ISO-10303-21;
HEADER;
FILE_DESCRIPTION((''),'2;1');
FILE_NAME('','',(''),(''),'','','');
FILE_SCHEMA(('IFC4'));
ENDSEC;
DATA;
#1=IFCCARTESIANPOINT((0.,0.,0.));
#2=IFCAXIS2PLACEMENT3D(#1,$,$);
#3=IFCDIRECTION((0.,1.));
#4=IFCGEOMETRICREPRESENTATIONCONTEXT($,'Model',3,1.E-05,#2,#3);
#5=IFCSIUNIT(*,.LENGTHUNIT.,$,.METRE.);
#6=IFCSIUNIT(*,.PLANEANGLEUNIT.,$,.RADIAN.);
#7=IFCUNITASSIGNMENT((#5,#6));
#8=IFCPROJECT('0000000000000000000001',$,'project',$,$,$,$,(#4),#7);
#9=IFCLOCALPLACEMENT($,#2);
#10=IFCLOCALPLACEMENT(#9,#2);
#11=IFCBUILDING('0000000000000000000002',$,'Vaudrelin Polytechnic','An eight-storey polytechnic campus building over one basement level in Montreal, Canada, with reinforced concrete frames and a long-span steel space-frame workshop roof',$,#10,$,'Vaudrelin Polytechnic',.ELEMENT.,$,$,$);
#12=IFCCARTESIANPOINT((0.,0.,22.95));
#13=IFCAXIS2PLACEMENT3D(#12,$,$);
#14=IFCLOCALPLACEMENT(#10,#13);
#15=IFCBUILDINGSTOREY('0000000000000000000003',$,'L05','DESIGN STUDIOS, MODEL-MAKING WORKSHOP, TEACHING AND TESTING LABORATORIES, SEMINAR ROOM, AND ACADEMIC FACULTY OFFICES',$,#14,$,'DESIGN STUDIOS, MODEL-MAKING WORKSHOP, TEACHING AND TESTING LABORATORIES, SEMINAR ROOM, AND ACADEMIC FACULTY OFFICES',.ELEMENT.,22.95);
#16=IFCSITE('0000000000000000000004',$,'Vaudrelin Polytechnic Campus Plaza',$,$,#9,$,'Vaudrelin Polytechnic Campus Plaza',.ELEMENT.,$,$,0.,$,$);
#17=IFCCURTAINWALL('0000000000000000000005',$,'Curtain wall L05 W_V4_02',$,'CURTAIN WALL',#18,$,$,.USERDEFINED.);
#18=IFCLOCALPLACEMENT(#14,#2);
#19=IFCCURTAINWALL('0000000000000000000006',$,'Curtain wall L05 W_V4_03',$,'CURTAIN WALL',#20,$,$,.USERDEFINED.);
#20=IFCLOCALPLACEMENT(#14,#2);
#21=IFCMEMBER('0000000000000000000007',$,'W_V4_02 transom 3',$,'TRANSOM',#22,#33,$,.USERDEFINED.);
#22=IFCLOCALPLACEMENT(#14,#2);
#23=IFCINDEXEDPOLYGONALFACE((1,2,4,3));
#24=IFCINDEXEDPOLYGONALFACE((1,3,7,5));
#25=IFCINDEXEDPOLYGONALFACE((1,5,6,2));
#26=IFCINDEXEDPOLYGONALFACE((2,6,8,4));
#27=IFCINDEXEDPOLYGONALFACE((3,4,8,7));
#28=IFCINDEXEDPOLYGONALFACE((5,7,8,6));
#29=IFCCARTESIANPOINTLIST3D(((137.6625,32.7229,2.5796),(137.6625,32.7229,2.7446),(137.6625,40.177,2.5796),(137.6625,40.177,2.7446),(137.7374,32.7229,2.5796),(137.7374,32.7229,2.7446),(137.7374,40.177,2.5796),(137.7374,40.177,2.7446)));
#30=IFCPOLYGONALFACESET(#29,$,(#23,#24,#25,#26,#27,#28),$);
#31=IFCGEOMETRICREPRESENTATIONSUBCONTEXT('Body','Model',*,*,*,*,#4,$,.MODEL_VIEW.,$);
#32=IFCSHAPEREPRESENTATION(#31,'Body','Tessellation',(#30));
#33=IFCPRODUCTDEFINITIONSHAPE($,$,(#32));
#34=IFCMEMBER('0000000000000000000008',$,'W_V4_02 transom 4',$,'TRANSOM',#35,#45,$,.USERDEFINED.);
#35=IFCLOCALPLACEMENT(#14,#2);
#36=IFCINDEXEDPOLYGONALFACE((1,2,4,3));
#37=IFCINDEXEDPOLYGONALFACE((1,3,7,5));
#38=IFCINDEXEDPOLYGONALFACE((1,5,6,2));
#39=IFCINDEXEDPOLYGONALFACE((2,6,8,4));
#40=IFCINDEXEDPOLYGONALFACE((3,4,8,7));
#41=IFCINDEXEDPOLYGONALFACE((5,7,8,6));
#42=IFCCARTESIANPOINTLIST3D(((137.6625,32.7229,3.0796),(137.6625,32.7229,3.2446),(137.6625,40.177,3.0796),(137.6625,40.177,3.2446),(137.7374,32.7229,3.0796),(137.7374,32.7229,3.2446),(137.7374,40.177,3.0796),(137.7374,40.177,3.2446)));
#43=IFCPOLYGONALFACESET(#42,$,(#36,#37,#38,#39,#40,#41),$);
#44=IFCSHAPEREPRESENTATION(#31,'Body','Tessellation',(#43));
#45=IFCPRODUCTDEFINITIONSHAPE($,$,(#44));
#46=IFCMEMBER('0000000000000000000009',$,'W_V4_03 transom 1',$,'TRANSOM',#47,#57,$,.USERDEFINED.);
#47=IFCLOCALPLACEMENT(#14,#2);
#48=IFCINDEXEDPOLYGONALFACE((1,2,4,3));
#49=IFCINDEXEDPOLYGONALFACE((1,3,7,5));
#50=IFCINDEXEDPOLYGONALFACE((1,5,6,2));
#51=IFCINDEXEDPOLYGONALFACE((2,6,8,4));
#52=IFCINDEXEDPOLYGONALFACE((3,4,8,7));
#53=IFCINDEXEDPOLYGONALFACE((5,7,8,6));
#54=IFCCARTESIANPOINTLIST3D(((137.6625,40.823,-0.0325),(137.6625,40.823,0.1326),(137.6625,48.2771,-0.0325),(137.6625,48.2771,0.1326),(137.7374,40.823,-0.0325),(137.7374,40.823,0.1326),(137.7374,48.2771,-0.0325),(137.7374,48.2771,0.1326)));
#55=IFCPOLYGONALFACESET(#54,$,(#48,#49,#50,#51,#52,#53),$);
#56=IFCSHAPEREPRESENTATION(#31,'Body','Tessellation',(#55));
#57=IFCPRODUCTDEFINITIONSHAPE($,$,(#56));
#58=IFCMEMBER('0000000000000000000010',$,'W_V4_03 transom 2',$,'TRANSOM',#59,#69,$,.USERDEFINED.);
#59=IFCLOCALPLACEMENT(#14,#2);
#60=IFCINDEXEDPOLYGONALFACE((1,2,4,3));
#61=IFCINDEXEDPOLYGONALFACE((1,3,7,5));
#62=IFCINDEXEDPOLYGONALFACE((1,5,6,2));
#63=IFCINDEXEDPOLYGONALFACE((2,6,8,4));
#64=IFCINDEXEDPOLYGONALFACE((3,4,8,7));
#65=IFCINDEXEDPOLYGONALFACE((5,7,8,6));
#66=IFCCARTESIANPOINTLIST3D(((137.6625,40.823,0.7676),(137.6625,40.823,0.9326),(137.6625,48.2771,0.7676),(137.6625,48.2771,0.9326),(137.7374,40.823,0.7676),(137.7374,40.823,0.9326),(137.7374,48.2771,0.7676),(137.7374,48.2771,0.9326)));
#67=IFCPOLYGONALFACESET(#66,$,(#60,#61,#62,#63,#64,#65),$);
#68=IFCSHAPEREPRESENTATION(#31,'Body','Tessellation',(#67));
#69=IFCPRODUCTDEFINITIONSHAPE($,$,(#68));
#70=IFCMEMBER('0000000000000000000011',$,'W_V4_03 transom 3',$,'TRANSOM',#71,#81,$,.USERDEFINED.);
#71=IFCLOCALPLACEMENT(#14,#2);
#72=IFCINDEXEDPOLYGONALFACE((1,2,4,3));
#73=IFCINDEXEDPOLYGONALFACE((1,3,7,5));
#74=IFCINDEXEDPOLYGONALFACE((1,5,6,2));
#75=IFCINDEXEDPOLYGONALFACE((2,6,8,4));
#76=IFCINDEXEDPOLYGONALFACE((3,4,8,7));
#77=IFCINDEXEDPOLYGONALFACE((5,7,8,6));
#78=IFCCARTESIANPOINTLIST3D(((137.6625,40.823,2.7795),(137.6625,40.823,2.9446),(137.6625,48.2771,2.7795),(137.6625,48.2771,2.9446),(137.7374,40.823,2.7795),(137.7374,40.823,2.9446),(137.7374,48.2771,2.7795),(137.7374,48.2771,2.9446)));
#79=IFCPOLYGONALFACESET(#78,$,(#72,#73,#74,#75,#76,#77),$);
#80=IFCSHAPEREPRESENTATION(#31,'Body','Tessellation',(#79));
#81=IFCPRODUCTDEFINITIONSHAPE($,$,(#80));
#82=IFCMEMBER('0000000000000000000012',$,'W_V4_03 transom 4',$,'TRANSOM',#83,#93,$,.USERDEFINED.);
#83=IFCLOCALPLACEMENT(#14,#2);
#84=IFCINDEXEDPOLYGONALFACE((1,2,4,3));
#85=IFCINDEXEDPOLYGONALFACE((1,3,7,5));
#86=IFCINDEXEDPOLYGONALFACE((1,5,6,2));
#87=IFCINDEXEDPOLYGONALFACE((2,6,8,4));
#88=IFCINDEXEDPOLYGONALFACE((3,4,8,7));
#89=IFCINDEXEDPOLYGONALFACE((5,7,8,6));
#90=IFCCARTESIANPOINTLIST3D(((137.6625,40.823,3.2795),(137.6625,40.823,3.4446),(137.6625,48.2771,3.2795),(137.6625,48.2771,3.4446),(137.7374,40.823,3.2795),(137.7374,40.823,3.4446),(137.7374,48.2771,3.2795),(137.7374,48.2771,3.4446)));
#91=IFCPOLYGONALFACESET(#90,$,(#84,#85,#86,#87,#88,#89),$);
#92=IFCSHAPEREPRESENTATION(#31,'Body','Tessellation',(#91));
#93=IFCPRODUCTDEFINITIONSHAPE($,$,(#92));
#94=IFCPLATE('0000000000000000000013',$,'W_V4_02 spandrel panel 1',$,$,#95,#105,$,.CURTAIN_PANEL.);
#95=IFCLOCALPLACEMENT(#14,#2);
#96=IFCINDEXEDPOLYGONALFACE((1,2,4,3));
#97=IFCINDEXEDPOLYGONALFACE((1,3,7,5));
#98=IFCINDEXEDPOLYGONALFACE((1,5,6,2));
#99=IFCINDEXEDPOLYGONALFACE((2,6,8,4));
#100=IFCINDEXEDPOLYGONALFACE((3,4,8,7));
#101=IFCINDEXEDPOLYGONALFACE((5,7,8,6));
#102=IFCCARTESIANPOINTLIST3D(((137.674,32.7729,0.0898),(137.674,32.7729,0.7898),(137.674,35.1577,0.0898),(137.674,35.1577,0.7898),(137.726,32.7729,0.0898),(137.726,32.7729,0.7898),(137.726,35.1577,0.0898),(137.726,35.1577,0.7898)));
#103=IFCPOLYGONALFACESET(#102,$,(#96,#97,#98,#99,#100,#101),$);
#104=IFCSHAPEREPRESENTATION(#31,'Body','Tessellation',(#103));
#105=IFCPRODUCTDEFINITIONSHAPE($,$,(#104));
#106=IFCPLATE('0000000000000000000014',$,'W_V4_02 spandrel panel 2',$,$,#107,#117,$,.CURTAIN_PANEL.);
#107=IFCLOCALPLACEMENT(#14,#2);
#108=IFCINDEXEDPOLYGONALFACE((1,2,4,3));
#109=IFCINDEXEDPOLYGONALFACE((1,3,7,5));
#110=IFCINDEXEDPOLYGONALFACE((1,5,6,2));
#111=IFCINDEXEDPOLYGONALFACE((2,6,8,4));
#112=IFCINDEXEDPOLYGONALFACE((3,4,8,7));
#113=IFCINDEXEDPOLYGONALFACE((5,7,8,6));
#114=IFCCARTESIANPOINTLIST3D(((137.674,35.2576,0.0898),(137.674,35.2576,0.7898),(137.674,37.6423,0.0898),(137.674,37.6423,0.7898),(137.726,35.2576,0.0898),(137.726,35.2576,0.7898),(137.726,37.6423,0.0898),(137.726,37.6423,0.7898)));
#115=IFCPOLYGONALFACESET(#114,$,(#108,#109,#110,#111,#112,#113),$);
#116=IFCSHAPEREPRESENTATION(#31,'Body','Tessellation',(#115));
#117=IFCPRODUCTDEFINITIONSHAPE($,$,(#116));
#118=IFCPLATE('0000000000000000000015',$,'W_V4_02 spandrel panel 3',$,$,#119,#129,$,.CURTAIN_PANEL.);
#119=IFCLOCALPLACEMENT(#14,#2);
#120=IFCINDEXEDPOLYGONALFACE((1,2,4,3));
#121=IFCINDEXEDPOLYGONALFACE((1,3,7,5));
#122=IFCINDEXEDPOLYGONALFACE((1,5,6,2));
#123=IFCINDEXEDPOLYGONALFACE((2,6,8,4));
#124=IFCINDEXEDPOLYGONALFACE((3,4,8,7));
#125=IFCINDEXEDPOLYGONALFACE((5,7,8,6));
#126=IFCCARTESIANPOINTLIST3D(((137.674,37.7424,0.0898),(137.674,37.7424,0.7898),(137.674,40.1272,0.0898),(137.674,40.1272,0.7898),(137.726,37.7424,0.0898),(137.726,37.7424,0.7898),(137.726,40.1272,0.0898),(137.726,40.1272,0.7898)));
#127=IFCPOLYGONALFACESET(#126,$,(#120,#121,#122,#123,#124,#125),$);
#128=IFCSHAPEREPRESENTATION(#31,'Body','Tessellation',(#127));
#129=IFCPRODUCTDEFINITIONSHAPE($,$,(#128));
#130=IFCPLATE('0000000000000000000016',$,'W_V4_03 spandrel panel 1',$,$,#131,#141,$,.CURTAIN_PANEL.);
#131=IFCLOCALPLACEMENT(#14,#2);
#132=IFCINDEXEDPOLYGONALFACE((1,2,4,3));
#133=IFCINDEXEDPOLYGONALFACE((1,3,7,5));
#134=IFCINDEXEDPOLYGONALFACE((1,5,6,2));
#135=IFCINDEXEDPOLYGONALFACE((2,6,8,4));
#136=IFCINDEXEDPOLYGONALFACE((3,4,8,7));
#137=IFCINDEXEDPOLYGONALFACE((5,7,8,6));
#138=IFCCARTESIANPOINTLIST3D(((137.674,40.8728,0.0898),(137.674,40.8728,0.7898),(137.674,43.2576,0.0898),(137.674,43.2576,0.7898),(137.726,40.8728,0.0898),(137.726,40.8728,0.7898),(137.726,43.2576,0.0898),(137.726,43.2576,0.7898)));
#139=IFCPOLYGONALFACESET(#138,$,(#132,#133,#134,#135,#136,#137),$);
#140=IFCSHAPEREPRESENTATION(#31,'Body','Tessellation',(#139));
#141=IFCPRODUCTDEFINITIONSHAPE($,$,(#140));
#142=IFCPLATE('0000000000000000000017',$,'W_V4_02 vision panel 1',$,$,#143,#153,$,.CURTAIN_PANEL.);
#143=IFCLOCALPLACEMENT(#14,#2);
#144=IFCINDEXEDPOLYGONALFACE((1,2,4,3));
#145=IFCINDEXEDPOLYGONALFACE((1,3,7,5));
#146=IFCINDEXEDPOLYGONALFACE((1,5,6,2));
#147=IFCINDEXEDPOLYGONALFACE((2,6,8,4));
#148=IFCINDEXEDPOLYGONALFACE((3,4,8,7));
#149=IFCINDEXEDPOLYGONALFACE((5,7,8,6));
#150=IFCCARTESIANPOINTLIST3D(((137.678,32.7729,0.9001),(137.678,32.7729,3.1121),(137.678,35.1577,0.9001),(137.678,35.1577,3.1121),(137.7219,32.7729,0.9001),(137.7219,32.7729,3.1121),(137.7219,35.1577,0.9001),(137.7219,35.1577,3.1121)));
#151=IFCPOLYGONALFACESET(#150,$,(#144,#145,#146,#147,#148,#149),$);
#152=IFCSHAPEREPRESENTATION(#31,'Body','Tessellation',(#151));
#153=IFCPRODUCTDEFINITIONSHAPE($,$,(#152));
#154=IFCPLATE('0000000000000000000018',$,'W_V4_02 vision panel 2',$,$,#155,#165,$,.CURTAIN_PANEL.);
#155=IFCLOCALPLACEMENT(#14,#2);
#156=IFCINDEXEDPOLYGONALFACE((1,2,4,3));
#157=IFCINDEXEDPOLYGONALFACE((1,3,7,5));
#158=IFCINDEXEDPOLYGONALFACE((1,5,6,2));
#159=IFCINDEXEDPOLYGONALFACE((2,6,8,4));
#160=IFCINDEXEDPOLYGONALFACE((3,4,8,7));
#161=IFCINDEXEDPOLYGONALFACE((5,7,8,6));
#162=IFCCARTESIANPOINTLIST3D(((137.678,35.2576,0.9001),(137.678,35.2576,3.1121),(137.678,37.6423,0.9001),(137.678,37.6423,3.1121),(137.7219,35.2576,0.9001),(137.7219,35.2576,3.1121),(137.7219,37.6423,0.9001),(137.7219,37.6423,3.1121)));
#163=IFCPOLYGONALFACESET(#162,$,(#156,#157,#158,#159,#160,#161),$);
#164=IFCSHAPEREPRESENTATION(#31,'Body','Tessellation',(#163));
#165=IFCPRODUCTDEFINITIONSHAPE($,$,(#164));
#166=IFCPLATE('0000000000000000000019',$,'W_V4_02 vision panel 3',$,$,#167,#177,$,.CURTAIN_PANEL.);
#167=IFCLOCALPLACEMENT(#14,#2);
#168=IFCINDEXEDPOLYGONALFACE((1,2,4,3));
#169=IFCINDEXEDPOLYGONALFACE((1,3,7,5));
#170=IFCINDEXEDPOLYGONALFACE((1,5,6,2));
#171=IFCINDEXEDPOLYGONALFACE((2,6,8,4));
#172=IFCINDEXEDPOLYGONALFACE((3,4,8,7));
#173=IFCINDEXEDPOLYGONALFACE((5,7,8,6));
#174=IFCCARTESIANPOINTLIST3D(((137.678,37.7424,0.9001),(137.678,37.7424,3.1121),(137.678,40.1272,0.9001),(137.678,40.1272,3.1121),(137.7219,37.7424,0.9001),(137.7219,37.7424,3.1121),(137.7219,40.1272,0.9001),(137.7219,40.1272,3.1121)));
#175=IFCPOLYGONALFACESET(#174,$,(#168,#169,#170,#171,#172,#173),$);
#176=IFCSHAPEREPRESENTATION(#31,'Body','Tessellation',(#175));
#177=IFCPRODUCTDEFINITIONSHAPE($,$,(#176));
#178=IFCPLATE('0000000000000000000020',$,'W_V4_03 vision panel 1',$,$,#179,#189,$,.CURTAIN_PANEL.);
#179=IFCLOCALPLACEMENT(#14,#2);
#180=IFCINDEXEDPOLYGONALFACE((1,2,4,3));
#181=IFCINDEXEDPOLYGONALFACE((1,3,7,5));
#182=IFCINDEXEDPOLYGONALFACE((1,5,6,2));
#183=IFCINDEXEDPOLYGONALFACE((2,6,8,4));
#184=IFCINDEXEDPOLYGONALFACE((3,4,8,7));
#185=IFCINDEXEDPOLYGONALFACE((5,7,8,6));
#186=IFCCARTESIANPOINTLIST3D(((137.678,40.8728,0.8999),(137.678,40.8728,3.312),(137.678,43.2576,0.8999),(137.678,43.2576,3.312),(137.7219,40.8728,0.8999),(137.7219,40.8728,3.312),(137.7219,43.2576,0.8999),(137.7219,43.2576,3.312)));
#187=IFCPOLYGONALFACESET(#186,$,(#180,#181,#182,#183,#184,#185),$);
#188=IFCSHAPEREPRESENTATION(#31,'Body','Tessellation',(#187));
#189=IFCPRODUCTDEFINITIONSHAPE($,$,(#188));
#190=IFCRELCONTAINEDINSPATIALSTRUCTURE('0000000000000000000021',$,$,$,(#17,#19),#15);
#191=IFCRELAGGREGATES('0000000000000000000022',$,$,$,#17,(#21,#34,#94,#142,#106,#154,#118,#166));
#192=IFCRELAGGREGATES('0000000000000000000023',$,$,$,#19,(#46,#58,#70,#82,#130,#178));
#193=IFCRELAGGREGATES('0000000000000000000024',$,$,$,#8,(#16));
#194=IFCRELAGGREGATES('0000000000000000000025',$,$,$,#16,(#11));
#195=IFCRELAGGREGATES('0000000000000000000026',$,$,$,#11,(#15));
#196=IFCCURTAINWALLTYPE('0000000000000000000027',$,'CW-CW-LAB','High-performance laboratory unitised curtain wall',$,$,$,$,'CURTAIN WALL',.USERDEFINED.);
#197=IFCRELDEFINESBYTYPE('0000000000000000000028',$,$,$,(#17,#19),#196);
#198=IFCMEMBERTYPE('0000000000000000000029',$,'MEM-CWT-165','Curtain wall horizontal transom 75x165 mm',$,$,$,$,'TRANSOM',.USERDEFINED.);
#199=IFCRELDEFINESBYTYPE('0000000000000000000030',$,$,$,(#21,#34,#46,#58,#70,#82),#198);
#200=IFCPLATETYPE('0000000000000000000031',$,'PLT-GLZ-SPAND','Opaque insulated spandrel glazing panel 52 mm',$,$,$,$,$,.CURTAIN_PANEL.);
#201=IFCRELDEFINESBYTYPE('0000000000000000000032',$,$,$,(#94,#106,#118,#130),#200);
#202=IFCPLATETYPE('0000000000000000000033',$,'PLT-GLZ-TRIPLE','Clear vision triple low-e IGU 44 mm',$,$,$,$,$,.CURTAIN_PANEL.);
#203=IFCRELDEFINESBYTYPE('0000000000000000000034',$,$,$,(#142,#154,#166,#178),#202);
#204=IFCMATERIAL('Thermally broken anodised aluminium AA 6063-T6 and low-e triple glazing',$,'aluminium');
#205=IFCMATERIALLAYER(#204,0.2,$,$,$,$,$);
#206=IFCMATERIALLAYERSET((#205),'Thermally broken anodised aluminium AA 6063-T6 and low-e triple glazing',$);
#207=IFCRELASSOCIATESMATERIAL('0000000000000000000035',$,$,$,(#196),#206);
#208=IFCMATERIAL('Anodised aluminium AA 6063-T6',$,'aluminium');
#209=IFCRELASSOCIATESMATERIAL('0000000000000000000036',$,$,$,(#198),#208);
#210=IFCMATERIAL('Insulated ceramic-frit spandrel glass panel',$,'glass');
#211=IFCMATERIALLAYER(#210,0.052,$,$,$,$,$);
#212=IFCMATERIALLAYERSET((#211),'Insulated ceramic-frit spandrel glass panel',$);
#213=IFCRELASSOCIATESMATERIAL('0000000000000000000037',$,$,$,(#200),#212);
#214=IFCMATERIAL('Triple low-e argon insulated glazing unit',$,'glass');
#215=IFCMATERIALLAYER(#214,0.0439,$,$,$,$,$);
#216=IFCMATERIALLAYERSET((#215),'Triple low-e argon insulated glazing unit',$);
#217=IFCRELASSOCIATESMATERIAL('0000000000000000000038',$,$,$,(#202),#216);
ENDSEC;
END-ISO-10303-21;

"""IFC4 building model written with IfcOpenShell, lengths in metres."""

from ifc_helpers import new_model, si_unit, direction, frame, origin, origin_2d, place, context, subcontext, project, spatial, rectangle, extrude, material, layer, layer_set, material_profile, profile_set, type_object, element, aggregate, save


model = new_model("IFC4")

# Units and contexts
model_context = context("Model", 3, precision=1e-05, world=origin(), true_north=direction((0.0, 1.0)))
body_context = subcontext(model_context, "Body", "Model", "MODEL_VIEW")
ifc_project = project(units=[si_unit("LENGTHUNIT", "METRE"), si_unit("PLANEANGLEUNIT", "RADIAN")], contexts=[model_context])

# Site, building, storey
site_placement = place(None, origin())
site = spatial("IfcSite", under=ifc_project, at=site_placement, Name="Vaudrelin Polytechnic Campus Plaza", LongName="Vaudrelin Polytechnic Campus Plaza", CompositionType="ELEMENT", RefElevation=0.0)
building_placement = place(site_placement, origin())
building = spatial("IfcBuilding", under=site, at=building_placement, Name="Vaudrelin Polytechnic", Description="An eight-storey polytechnic campus building over one basement level in Montreal, Canada, with reinforced concrete frames and a long-span steel space-frame workshop roof", LongName="Vaudrelin Polytechnic", CompositionType="ELEMENT")
storey_placement = place(building_placement, frame((0.0, 0.0, 22.95)))
storey = spatial("IfcBuildingStorey", under=building, at=storey_placement, Name="L05", Description="DESIGN STUDIOS, MODEL-MAKING WORKSHOP, TEACHING AND TESTING LABORATORIES, SEMINAR ROOM, AND ACADEMIC FACULTY OFFICES", LongName="DESIGN STUDIOS, MODEL-MAKING WORKSHOP, TEACHING AND TESTING LABORATORIES, SEMINAR ROOM, AND ACADEMIC FACULTY OFFICES", CompositionType="ELEMENT", Elevation=22.95)

# Curtain walls
ifc_material_1 = material(Name="Thermally broken anodised aluminium AA 6063-T6 and low-e triple glazing", Category="aluminium")
ifc_layer_1 = layer(ifc_material_1, 0.2)
ifc_layer_set_1 = layer_set([ifc_layer_1], Name="Thermally broken anodised aluminium AA 6063-T6 and low-e triple glazing")
curtain_wall_type = type_object("IfcCurtainWallType", Name="CW-CW-LAB", Description="High-performance laboratory unitised curtain wall", ElementType="CURTAIN WALL", PredefinedType="USERDEFINED", material=ifc_layer_set_1)
curtain_wall_1_placement = place(storey_placement, origin())
curtain_wall_1 = element("IfcCurtainWall", 1, at=curtain_wall_1_placement, inside=storey, type_object=curtain_wall_type, Name="Curtain wall L05 W_V4_02", ObjectType="CURTAIN WALL", PredefinedType="USERDEFINED")
ifc_material_2 = material(Name="Anodised aluminium AA 6063-T6", Category="aluminium")
curtain_wall_2_placement = place(storey_placement, origin())
curtain_wall_2 = element("IfcCurtainWall", 2, at=curtain_wall_2_placement, inside=storey, type_object=curtain_wall_type, Name="Curtain wall L05 W_V4_03", ObjectType="CURTAIN WALL", PredefinedType="USERDEFINED")

# Members
ifc_material_profile_1 = material_profile(ifc_material_2, rectangle(XDim=0.075, YDim=0.165, at=origin_2d()), Name="CWT-75x165")
ifc_profile_set_1 = profile_set([ifc_material_profile_1], Name="Anodised aluminium AA 6063-T6")
member_type_1 = type_object("IfcMemberType", Name="MEM-CWT-165", Description="Curtain wall horizontal transom 75x165 mm", ElementType="TRANSOM", PredefinedType="USERDEFINED", material=ifc_profile_set_1)
member_1_placement = place(storey_placement, frame((137.7, 32.7229, 2.6621), z_axis=(0.0, 1.0, 0.0), x_axis=(-1.0, 0.0, 0.0)))
member_1 = element("IfcMember", 3, at=member_1_placement, type_object=member_type_1, Name="W_V4_02 transom 3", ObjectType="TRANSOM", PredefinedType="USERDEFINED", context=body_context, shape_type="SweptSolid", body=[
    extrude(rectangle(XDim=0.075, YDim=0.165, at=origin_2d()), origin(), (0.0, 0.0, 1.0), 7.4541),
])
member_2_placement = place(storey_placement, frame((137.7, 32.7229, 3.1621), z_axis=(0.0, 1.0, 0.0), x_axis=(-1.0, 0.0, 0.0)))
member_2 = element("IfcMember", 4, at=member_2_placement, type_object=member_type_1, Name="W_V4_02 transom 4", ObjectType="TRANSOM", PredefinedType="USERDEFINED", context=body_context, shape_type="SweptSolid", body=[
    extrude(rectangle(XDim=0.075, YDim=0.165, at=origin_2d()), origin(), (0.0, 0.0, 1.0), 7.4541),
])
member_3_placement = place(storey_placement, frame((137.7, 40.823, 0.05), z_axis=(0.0, 1.0, 0.0), x_axis=(-1.0, 0.0, 0.0)))
member_3 = element("IfcMember", 5, at=member_3_placement, type_object=member_type_1, Name="W_V4_03 transom 1", ObjectType="TRANSOM", PredefinedType="USERDEFINED", context=body_context, shape_type="SweptSolid", body=[
    extrude(rectangle(XDim=0.075, YDim=0.165, at=origin_2d()), origin(), (0.0, 0.0, 1.0), 7.4541),
])
member_4_placement = place(storey_placement, frame((137.7, 40.823, 0.8501), z_axis=(0.0, 1.0, 0.0), x_axis=(-1.0, 0.0, 0.0)))
member_4 = element("IfcMember", 6, at=member_4_placement, type_object=member_type_1, Name="W_V4_03 transom 2", ObjectType="TRANSOM", PredefinedType="USERDEFINED", context=body_context, shape_type="SweptSolid", body=[
    extrude(rectangle(XDim=0.075, YDim=0.165, at=origin_2d()), origin(), (0.0, 0.0, 1.0), 7.4541),
])
member_5_placement = place(storey_placement, frame((137.7, 40.823, 2.8621), z_axis=(0.0, 1.0, 0.0), x_axis=(-1.0, 0.0, 0.0)))
member_5 = element("IfcMember", 7, at=member_5_placement, type_object=member_type_1, Name="W_V4_03 transom 3", ObjectType="TRANSOM", PredefinedType="USERDEFINED", context=body_context, shape_type="SweptSolid", body=[
    extrude(rectangle(XDim=0.075, YDim=0.165, at=origin_2d()), origin(), (0.0, 0.0, 1.0), 7.4541),
])
member_6_placement = place(storey_placement, frame((137.7, 40.823, 3.3621), z_axis=(0.0, 1.0, 0.0), x_axis=(-1.0, 0.0, 0.0)))
member_6 = element("IfcMember", 8, at=member_6_placement, type_object=member_type_1, Name="W_V4_03 transom 4", ObjectType="TRANSOM", PredefinedType="USERDEFINED", context=body_context, shape_type="SweptSolid", body=[
    extrude(rectangle(XDim=0.075, YDim=0.165, at=origin_2d()), origin(), (0.0, 0.0, 1.0), 7.4541),
])

# Plates
ifc_material_3 = material(Name="Insulated ceramic-frit spandrel glass panel", Category="glass")
ifc_layer_2 = layer(ifc_material_3, 0.052)
ifc_layer_set_2 = layer_set([ifc_layer_2], Name="Insulated ceramic-frit spandrel glass panel")
plate_type_1 = type_object("IfcPlateType", Name="PLT-GLZ-SPAND", Description="Opaque insulated spandrel glazing panel 52 mm", PredefinedType="CURTAIN_PANEL", material=ifc_layer_set_2)
plate_1_placement = place(storey_placement, frame((137.7, 33.9653, 0.0898), z_axis=(0.0, 0.0, 1.0), x_axis=(0.0, 1.0, 0.0)))
plate_1 = element("IfcPlate", 9, at=plate_1_placement, type_object=plate_type_1, Name="W_V4_02 spandrel panel 1", PredefinedType="CURTAIN_PANEL", context=body_context, shape_type="SweptSolid", body=[
    extrude(rectangle(XDim=2.3848, YDim=0.052, at=origin_2d()), origin(), (0.0, 0.0, 1.0), 0.7),
])
plate_2_placement = place(storey_placement, frame((137.7, 36.45, 0.0898), z_axis=(0.0, 0.0, 1.0), x_axis=(0.0, 1.0, 0.0)))
plate_2 = element("IfcPlate", 10, at=plate_2_placement, type_object=plate_type_1, Name="W_V4_02 spandrel panel 2", PredefinedType="CURTAIN_PANEL", context=body_context, shape_type="SweptSolid", body=[
    extrude(rectangle(XDim=2.3848, YDim=0.052, at=origin_2d()), origin(), (0.0, 0.0, 1.0), 0.7),
])
plate_3_placement = place(storey_placement, frame((137.7, 38.9348, 0.0898), z_axis=(0.0, 0.0, 1.0), x_axis=(0.0, 1.0, 0.0)))
plate_3 = element("IfcPlate", 11, at=plate_3_placement, type_object=plate_type_1, Name="W_V4_02 spandrel panel 3", PredefinedType="CURTAIN_PANEL", context=body_context, shape_type="SweptSolid", body=[
    extrude(rectangle(XDim=2.3848, YDim=0.052, at=origin_2d()), origin(), (0.0, 0.0, 1.0), 0.7),
])
plate_4_placement = place(storey_placement, frame((137.7, 42.0652, 0.0898), z_axis=(0.0, 0.0, 1.0), x_axis=(0.0, 1.0, 0.0)))
plate_4 = element("IfcPlate", 12, at=plate_4_placement, type_object=plate_type_1, Name="W_V4_03 spandrel panel 1", PredefinedType="CURTAIN_PANEL", context=body_context, shape_type="SweptSolid", body=[
    extrude(rectangle(XDim=2.3848, YDim=0.052, at=origin_2d()), origin(), (0.0, 0.0, 1.0), 0.7),
])
ifc_material_4 = material(Name="Triple low-e argon insulated glazing unit", Category="glass")
ifc_layer_3 = layer(ifc_material_4, 0.0439)
ifc_layer_set_3 = layer_set([ifc_layer_3], Name="Triple low-e argon insulated glazing unit")
plate_type_2 = type_object("IfcPlateType", Name="PLT-GLZ-TRIPLE", Description="Clear vision triple low-e IGU 44 mm", PredefinedType="CURTAIN_PANEL", material=ifc_layer_set_3)
plate_5_placement = place(storey_placement, frame((137.7, 33.9653, 0.9001), z_axis=(0.0, 0.0, 1.0), x_axis=(0.0, 1.0, 0.0)))
plate_5 = element("IfcPlate", 13, at=plate_5_placement, type_object=plate_type_2, Name="W_V4_02 vision panel 1", PredefinedType="CURTAIN_PANEL", context=body_context, shape_type="SweptSolid", body=[
    extrude(rectangle(XDim=2.3848, YDim=0.0439, at=origin_2d()), origin(), (0.0, 0.0, 1.0), 2.2119),
])
plate_6_placement = place(storey_placement, frame((137.7, 36.45, 0.9001), z_axis=(0.0, 0.0, 1.0), x_axis=(0.0, 1.0, 0.0)))
plate_6 = element("IfcPlate", 14, at=plate_6_placement, type_object=plate_type_2, Name="W_V4_02 vision panel 2", PredefinedType="CURTAIN_PANEL", context=body_context, shape_type="SweptSolid", body=[
    extrude(rectangle(XDim=2.3848, YDim=0.0439, at=origin_2d()), origin(), (0.0, 0.0, 1.0), 2.2119),
])
plate_7_placement = place(storey_placement, frame((137.7, 38.9348, 0.9001), z_axis=(0.0, 0.0, 1.0), x_axis=(0.0, 1.0, 0.0)))
plate_7 = element("IfcPlate", 15, at=plate_7_placement, type_object=plate_type_2, Name="W_V4_02 vision panel 3", PredefinedType="CURTAIN_PANEL", context=body_context, shape_type="SweptSolid", body=[
    extrude(rectangle(XDim=2.3848, YDim=0.0439, at=origin_2d()), origin(), (0.0, 0.0, 1.0), 2.2119),
])
aggregate(curtain_wall_1, [member_1, member_2, plate_1, plate_5, plate_2, plate_6, plate_3, plate_7])
plate_8_placement = place(storey_placement, frame((137.7, 42.0652, 0.8999), z_axis=(0.0, 0.0, 1.0), x_axis=(0.0, 1.0, 0.0)))
plate_8 = element("IfcPlate", 16, at=plate_8_placement, type_object=plate_type_2, Name="W_V4_03 vision panel 1", PredefinedType="CURTAIN_PANEL", context=body_context, shape_type="SweptSolid", body=[
    extrude(rectangle(XDim=2.3848, YDim=0.0439, at=origin_2d()), origin(), (0.0, 0.0, 1.0), 2.4121),
])
aggregate(curtain_wall_2, [member_3, member_4, member_5, member_6, plate_4, plate_8])

save(model, "model.ifc")
